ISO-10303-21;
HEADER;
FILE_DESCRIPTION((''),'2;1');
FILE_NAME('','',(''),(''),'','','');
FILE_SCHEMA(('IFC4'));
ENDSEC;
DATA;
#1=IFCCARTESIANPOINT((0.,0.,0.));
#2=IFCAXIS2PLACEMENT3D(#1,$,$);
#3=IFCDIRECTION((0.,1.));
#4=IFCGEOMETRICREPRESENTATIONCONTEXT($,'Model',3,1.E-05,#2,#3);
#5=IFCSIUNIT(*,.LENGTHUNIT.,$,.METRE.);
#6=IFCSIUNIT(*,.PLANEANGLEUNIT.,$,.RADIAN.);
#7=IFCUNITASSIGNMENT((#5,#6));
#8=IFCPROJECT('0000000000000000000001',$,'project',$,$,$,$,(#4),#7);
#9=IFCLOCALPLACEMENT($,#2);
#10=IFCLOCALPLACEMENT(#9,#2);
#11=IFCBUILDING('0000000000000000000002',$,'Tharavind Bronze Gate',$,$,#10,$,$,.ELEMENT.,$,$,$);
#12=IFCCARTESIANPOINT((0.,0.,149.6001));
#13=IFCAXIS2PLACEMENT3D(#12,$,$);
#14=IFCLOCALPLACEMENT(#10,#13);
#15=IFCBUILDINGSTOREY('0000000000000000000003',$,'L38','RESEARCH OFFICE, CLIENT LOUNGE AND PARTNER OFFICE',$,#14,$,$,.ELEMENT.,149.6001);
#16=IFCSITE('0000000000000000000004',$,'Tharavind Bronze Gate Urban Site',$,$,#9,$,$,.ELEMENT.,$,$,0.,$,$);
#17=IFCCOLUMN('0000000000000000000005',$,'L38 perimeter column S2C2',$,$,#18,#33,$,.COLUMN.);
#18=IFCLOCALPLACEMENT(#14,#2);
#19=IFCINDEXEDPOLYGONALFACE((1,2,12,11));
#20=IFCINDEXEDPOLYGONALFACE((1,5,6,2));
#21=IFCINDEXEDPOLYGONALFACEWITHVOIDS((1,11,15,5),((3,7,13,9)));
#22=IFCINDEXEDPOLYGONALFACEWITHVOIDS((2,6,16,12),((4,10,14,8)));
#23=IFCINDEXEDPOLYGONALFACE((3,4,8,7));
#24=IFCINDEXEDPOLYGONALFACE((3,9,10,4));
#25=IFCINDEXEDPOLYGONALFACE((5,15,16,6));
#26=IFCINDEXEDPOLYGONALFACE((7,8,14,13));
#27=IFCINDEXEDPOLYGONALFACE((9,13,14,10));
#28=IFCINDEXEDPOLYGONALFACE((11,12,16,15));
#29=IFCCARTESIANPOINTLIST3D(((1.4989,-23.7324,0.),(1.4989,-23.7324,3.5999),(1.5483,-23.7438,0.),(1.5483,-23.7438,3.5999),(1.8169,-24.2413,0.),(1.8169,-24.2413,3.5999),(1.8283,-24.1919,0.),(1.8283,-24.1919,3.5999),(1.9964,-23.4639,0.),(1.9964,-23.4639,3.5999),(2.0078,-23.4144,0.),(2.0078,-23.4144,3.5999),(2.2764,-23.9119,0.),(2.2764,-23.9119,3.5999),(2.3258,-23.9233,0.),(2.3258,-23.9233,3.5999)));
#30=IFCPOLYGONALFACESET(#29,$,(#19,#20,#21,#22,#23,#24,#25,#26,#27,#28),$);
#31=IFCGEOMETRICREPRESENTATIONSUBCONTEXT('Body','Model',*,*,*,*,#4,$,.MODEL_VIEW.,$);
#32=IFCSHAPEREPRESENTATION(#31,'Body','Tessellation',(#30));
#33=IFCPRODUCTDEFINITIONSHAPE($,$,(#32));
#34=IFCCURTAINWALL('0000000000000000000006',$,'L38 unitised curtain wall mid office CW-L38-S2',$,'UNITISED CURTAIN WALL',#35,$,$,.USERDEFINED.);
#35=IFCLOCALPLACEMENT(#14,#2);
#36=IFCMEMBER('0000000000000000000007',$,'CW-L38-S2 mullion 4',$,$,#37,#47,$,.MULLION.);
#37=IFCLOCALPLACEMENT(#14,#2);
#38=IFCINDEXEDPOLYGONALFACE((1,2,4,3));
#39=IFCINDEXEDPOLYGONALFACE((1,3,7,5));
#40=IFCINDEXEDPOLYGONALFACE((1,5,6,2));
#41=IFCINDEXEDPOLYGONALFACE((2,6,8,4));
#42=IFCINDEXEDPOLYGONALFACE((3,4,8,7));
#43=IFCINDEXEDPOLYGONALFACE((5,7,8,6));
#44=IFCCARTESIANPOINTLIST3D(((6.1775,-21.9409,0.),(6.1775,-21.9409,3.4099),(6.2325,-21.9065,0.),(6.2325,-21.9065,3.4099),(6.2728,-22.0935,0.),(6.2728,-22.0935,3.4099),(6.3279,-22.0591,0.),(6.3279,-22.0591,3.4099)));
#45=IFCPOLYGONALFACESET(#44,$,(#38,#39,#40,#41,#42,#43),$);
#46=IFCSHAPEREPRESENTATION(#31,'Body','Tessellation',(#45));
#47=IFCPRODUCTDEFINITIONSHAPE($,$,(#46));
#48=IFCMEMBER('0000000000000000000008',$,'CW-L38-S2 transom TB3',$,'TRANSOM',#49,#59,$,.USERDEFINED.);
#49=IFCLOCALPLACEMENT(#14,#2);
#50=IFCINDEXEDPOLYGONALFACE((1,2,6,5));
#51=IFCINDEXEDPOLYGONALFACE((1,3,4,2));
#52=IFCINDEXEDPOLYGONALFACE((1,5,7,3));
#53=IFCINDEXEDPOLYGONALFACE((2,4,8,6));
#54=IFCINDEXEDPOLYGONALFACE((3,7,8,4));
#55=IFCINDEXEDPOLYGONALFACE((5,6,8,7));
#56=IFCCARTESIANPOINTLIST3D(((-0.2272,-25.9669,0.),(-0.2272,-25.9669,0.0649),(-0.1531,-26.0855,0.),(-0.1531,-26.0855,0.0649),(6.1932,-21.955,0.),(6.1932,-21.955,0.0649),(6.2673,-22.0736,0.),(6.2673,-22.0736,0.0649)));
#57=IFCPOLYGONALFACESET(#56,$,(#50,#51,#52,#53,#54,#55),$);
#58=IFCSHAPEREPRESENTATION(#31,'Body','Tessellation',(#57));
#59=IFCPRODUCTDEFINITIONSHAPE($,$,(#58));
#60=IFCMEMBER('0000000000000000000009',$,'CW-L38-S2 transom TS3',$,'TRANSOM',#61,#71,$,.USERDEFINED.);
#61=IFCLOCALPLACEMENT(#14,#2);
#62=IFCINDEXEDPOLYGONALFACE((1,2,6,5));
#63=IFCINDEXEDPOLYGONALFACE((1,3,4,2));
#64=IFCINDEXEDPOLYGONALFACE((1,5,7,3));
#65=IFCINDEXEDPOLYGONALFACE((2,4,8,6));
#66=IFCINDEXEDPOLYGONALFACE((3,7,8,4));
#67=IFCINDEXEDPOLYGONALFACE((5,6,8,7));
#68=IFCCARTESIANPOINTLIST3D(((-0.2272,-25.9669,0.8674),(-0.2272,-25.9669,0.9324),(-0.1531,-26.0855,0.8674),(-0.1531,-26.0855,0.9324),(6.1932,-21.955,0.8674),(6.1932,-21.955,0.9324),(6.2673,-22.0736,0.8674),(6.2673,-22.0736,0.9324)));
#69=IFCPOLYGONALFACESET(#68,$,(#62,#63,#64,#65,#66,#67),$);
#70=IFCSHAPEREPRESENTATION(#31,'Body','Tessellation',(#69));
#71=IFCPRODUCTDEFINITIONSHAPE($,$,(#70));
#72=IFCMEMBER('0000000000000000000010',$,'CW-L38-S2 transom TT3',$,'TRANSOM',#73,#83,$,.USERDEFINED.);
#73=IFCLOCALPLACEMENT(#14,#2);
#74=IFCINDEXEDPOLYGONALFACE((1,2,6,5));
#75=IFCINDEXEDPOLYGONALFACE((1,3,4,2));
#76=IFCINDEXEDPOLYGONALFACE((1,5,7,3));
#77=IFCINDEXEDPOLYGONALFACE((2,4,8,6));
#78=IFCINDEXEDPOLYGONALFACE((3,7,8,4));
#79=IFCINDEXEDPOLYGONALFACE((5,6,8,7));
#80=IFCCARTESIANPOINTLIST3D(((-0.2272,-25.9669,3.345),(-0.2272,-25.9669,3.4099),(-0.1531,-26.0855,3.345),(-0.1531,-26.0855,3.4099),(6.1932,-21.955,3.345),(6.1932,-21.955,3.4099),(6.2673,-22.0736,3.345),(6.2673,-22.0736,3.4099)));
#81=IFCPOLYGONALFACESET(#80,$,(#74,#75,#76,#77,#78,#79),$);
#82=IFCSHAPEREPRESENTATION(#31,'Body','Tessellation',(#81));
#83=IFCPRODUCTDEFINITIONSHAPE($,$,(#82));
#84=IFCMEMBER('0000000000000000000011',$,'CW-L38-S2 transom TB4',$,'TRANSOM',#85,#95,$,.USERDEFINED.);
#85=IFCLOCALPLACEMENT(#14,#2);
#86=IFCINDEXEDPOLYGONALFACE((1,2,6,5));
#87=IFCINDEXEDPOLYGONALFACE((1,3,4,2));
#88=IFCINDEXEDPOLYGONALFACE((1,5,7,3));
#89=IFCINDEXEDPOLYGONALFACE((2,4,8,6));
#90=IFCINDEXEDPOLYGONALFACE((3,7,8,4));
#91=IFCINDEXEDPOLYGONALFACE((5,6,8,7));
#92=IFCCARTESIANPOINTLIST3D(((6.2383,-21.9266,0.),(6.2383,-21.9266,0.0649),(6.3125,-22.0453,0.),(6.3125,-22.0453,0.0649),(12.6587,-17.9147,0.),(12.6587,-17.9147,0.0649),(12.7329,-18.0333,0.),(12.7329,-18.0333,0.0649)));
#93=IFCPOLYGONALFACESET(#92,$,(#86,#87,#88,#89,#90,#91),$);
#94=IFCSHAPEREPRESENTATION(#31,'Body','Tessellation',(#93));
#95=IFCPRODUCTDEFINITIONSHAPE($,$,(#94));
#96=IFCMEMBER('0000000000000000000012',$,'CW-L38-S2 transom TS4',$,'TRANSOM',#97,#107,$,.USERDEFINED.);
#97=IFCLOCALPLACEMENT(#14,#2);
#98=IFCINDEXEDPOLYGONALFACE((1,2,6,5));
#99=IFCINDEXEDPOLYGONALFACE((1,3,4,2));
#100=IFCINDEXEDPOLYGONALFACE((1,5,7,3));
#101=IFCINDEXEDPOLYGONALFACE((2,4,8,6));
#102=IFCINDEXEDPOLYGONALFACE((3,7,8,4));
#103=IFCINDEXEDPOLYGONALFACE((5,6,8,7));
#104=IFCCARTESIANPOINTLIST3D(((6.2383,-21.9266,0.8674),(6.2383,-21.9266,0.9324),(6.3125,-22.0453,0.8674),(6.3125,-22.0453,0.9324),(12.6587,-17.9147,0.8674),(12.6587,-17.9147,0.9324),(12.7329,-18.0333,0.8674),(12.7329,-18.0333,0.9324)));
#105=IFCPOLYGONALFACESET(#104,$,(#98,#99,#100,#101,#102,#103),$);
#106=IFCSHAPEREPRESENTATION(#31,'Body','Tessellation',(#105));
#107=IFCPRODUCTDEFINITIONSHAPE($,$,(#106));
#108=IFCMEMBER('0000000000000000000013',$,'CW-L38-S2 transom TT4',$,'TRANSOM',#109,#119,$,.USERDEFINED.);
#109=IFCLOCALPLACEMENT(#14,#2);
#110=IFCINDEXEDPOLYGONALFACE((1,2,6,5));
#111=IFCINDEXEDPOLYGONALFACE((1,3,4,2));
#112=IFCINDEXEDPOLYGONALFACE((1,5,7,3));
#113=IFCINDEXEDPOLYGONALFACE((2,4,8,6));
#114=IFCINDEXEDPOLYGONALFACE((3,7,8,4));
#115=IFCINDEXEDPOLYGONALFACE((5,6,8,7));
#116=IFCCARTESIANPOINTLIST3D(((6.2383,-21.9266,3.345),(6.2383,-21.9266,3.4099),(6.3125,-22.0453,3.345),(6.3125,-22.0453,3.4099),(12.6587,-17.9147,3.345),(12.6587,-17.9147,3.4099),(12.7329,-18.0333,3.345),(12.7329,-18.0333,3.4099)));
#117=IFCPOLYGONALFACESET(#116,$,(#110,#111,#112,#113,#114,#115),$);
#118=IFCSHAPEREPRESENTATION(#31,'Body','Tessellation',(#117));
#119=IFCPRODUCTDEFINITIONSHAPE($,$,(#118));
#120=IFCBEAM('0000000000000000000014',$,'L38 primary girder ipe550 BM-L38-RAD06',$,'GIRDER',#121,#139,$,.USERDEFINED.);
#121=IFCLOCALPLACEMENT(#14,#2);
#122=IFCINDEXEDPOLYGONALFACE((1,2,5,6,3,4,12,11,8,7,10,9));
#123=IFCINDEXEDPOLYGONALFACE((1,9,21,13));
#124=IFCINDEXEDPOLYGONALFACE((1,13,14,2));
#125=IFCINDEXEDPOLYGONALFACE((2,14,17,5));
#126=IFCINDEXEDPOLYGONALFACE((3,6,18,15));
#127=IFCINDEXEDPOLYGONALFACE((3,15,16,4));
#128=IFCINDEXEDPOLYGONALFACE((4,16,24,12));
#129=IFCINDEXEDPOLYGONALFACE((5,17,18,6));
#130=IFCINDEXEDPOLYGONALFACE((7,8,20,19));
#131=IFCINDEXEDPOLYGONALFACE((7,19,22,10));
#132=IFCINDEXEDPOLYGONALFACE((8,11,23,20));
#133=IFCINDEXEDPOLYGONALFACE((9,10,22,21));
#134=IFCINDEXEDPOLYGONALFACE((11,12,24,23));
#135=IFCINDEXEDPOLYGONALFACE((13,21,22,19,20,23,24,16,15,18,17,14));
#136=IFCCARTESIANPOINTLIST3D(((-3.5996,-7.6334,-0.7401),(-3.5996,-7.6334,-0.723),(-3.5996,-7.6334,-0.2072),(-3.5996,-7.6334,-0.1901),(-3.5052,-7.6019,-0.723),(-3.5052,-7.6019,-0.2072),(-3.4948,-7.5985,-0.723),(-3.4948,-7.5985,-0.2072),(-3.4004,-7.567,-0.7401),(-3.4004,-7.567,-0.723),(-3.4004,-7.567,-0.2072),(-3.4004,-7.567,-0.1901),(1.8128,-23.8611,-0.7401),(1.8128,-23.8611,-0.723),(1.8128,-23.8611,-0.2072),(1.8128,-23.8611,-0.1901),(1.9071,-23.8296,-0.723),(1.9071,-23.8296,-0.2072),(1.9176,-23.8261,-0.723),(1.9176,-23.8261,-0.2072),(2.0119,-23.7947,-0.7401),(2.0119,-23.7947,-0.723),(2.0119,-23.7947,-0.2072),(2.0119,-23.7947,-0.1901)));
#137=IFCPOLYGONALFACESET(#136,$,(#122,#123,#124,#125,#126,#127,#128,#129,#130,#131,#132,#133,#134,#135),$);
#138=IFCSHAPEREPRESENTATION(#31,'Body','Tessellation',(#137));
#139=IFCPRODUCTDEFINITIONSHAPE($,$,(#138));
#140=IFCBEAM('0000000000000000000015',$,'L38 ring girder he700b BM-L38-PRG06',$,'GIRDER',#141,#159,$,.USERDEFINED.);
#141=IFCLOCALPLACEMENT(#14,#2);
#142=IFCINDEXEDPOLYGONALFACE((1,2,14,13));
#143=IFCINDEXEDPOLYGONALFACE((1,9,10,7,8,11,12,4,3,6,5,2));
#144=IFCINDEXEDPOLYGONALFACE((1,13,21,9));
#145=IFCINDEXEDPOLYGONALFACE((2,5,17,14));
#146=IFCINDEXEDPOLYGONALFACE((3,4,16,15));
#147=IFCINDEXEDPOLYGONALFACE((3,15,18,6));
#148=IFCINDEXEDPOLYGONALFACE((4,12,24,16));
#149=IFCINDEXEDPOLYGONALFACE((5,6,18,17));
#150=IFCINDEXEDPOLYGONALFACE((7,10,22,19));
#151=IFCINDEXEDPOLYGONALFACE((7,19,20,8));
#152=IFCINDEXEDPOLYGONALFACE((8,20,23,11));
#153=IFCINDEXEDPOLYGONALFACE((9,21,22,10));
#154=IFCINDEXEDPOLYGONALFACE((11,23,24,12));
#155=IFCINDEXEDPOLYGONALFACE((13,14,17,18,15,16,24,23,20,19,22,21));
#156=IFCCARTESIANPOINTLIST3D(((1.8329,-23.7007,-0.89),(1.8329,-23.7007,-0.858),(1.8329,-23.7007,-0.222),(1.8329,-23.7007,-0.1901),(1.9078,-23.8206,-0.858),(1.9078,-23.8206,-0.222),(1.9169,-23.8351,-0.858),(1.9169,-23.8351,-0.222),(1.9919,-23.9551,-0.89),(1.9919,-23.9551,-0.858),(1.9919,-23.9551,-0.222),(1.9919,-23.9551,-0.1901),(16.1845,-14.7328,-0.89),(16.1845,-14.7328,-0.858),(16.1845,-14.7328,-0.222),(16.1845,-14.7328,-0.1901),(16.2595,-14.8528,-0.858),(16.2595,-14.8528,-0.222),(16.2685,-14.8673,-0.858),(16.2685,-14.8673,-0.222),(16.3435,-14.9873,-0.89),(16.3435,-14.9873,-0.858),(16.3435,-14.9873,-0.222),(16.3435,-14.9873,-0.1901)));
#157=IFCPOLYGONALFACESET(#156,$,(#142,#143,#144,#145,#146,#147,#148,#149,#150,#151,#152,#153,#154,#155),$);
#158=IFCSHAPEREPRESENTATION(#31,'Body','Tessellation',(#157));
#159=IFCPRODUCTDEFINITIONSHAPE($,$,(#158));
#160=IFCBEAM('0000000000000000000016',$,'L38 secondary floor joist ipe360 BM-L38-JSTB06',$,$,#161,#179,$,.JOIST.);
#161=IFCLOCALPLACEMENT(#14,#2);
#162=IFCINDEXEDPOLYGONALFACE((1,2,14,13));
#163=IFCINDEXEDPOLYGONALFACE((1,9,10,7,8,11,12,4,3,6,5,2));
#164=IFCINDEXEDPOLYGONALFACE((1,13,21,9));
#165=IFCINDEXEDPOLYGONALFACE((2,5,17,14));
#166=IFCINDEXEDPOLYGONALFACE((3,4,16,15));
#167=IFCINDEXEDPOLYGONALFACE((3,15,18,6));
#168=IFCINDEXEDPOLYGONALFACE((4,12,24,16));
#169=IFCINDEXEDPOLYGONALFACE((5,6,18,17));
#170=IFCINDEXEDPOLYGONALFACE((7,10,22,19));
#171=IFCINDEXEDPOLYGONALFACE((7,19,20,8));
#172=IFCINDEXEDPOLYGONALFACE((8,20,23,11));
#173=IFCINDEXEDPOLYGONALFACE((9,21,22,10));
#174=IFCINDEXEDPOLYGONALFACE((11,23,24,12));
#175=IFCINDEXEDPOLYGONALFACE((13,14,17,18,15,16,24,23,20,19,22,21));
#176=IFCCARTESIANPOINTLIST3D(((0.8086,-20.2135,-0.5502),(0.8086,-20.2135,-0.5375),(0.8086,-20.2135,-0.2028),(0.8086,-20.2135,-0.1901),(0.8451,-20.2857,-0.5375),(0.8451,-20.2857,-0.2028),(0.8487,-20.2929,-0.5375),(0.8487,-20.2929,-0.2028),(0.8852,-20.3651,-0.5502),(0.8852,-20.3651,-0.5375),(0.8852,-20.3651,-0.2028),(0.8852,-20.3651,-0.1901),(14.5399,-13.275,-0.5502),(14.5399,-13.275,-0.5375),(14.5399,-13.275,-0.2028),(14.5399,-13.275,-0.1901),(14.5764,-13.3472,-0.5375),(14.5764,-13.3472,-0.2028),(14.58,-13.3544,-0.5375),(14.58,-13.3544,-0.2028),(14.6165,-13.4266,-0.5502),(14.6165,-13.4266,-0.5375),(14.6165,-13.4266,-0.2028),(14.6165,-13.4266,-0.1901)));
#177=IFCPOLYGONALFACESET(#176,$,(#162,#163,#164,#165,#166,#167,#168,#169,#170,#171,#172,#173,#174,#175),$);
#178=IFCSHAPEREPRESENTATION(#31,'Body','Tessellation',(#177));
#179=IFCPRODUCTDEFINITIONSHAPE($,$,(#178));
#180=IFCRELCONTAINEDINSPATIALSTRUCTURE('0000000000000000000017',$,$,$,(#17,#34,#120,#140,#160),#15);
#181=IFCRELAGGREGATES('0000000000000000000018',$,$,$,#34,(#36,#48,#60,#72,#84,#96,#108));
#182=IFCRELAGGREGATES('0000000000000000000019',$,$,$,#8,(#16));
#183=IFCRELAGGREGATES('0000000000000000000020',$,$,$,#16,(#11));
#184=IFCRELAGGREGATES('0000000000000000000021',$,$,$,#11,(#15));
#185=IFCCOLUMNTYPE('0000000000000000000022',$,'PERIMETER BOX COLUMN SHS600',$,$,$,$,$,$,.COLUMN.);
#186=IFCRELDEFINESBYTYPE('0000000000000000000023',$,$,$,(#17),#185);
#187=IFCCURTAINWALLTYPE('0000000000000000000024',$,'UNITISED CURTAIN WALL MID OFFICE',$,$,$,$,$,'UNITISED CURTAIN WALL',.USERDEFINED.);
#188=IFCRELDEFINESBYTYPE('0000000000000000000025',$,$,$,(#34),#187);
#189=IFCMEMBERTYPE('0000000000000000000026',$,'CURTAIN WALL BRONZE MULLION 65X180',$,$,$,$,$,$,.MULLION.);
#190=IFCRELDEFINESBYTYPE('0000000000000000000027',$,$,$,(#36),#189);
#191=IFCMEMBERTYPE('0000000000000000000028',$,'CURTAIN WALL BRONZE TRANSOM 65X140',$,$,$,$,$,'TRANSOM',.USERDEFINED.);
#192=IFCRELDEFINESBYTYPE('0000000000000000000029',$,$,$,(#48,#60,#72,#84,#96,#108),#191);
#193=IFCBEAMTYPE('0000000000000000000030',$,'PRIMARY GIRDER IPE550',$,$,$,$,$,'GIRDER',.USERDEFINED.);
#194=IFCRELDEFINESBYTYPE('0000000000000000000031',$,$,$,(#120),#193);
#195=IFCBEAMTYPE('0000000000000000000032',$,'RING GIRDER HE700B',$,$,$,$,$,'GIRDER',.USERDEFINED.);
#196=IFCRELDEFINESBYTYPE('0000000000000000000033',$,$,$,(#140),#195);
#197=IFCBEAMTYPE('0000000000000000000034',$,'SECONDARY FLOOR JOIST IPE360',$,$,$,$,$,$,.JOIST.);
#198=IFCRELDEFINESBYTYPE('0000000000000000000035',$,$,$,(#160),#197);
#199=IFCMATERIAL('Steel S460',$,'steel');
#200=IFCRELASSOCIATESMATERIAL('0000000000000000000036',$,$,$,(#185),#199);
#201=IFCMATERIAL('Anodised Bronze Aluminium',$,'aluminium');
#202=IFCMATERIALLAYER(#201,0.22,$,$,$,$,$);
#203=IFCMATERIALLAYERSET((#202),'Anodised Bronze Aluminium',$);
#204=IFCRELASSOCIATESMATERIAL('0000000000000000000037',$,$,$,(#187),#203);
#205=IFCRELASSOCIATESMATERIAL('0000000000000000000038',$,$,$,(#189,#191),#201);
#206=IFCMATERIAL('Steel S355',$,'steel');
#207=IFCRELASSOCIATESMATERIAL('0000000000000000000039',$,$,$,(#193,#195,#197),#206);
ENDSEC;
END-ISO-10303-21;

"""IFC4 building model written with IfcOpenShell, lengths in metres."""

from ifc_helpers import new_model, si_unit, direction, frame, origin, origin_2d, place, context, subcontext, project, spatial, rectangle, hollow_rectangle, i_section, extrude, material, layer, layer_set, material_profile, profile_set, type_object, element, aggregate, save


model = new_model("IFC4")

# Units and contexts
model_context = context("Model", 3, precision=1e-05, world=origin(), true_north=direction((0.0, 1.0)))
body_context = subcontext(model_context, "Body", "Model", "MODEL_VIEW")
ifc_project = project(units=[si_unit("LENGTHUNIT", "METRE"), si_unit("PLANEANGLEUNIT", "RADIAN")], contexts=[model_context])

# Site, building, storey
site_placement = place(None, origin())
site = spatial("IfcSite", under=ifc_project, at=site_placement, Name="Tharavind Bronze Gate Urban Site", CompositionType="ELEMENT", RefElevation=0.0)
building_placement = place(site_placement, origin())
building = spatial("IfcBuilding", under=site, at=building_placement, Name="Tharavind Bronze Gate", CompositionType="ELEMENT")
storey_placement = place(building_placement, frame((0.0, 0.0, 149.6001)))
storey = spatial("IfcBuildingStorey", under=building, at=storey_placement, Name="L38", Description="RESEARCH OFFICE, CLIENT LOUNGE AND PARTNER OFFICE", CompositionType="ELEMENT", Elevation=149.6001)

# Column
ifc_material_1 = material(Name="Steel S460", Category="steel")
ifc_material_profile_1 = material_profile(ifc_material_1, hollow_rectangle(XDim=0.6001, YDim=0.6001, WallThickness=0.0359, at=origin_2d()), Name="SHS600X36")
ifc_profile_set_1 = profile_set([ifc_material_profile_1], Name="Steel S460")
column_type = type_object("IfcColumnType", Name="PERIMETER BOX COLUMN SHS600", PredefinedType="COLUMN", material=ifc_profile_set_1)
column_placement = place(storey_placement, frame((1.9124, -23.8279, 0.0), z_axis=(0.0, 0.0, 1.0), x_axis=(0.848047, 0.529921, 0.0)))
element("IfcColumn", 1, at=column_placement, inside=storey, type_object=column_type, Name="L38 perimeter column S2C2", PredefinedType="COLUMN", context=body_context, shape_type="SweptSolid", body=[
    extrude(hollow_rectangle(XDim=0.6001, YDim=0.6001, WallThickness=0.0359, at=origin_2d()), origin(), (0.0, 0.0, 1.0), 3.5999),
])

# Curtain wall, members
ifc_material_2 = material(Name="Anodised Bronze Aluminium", Category="aluminium")
ifc_layer_1 = layer(ifc_material_2, 0.22)
ifc_layer_set_1 = layer_set([ifc_layer_1], Name="Anodised Bronze Aluminium")
curtain_wall_type = type_object("IfcCurtainWallType", Name="UNITISED CURTAIN WALL MID OFFICE", ElementType="UNITISED CURTAIN WALL", PredefinedType="USERDEFINED", material=ifc_layer_set_1)
curtain_wall_placement = place(storey_placement, origin())
curtain_wall = element("IfcCurtainWall", 2, at=curtain_wall_placement, inside=storey, type_object=curtain_wall_type, Name="L38 unitised curtain wall mid office CW-L38-S2", ObjectType="UNITISED CURTAIN WALL", PredefinedType="USERDEFINED")
member_type_1 = type_object("IfcMemberType", Name="CURTAIN WALL BRONZE MULLION 65X180", PredefinedType="MULLION", material=ifc_material_2)
member_1_placement = place(storey_placement, frame((6.2527, -22.0, 0.0), z_axis=(0.0, 0.0, 1.0), x_axis=(0.848048, 0.529919, 0.0)))
member_1 = element("IfcMember", 3, at=member_1_placement, type_object=member_type_1, Name="CW-L38-S2 mullion 4", PredefinedType="MULLION", context=body_context, shape_type="SweptSolid", body=[
    extrude(rectangle(XDim=0.0649, YDim=0.1799, at=origin_2d()), origin(), (0.0, 0.0, 1.0), 3.4099),
])
member_type_2 = type_object("IfcMemberType", Name="CURTAIN WALL BRONZE TRANSOM 65X140", ElementType="TRANSOM", PredefinedType="USERDEFINED", material=ifc_material_2)
member_2_placement = place(storey_placement, frame((3.02, -24.0203, 0.0), z_axis=(0.0, 0.0, 1.0), x_axis=(0.848048, 0.529919, 0.0)))
member_2 = element("IfcMember", 4, at=member_2_placement, type_object=member_type_2, Name="CW-L38-S2 transom TB3", ObjectType="TRANSOM", PredefinedType="USERDEFINED", context=body_context, shape_type="SweptSolid", body=[
    extrude(rectangle(XDim=7.5708, YDim=0.1399, at=origin_2d()), origin(), (0.0, 0.0, 1.0), 0.0649),
])
member_3_placement = place(storey_placement, frame((3.02, -24.0203, 0.8674), z_axis=(0.0, 0.0, 1.0), x_axis=(0.848048, 0.529919, 0.0)))
member_3 = element("IfcMember", 5, at=member_3_placement, type_object=member_type_2, Name="CW-L38-S2 transom TS3", ObjectType="TRANSOM", PredefinedType="USERDEFINED", context=body_context, shape_type="SweptSolid", body=[
    extrude(rectangle(XDim=7.5708, YDim=0.1399, at=origin_2d()), origin(), (0.0, 0.0, 1.0), 0.0649),
])
member_4_placement = place(storey_placement, frame((3.02, -24.0203, 3.345), z_axis=(0.0, 0.0, 1.0), x_axis=(0.848048, 0.529919, 0.0)))
member_4 = element("IfcMember", 6, at=member_4_placement, type_object=member_type_2, Name="CW-L38-S2 transom TT3", ObjectType="TRANSOM", PredefinedType="USERDEFINED", context=body_context, shape_type="SweptSolid", body=[
    extrude(rectangle(XDim=7.5708, YDim=0.1399, at=origin_2d()), origin(), (0.0, 0.0, 1.0), 0.0649),
])
member_5_placement = place(storey_placement, frame((9.4856, -19.98, 0.0), z_axis=(0.0, 0.0, 1.0), x_axis=(0.848048, 0.529919, 0.0)))
member_5 = element("IfcMember", 7, at=member_5_placement, type_object=member_type_2, Name="CW-L38-S2 transom TB4", ObjectType="TRANSOM", PredefinedType="USERDEFINED", context=body_context, shape_type="SweptSolid", body=[
    extrude(rectangle(XDim=7.5708, YDim=0.1399, at=origin_2d()), origin(), (0.0, 0.0, 1.0), 0.0649),
])
member_6_placement = place(storey_placement, frame((9.4856, -19.98, 0.8674), z_axis=(0.0, 0.0, 1.0), x_axis=(0.848048, 0.529919, 0.0)))
member_6 = element("IfcMember", 8, at=member_6_placement, type_object=member_type_2, Name="CW-L38-S2 transom TS4", ObjectType="TRANSOM", PredefinedType="USERDEFINED", context=body_context, shape_type="SweptSolid", body=[
    extrude(rectangle(XDim=7.5708, YDim=0.1399, at=origin_2d()), origin(), (0.0, 0.0, 1.0), 0.0649),
])
member_7_placement = place(storey_placement, frame((9.4856, -19.98, 3.345), z_axis=(0.0, 0.0, 1.0), x_axis=(0.848048, 0.529919, 0.0)))
member_7 = element("IfcMember", 9, at=member_7_placement, type_object=member_type_2, Name="CW-L38-S2 transom TT4", ObjectType="TRANSOM", PredefinedType="USERDEFINED", context=body_context, shape_type="SweptSolid", body=[
    extrude(rectangle(XDim=7.5708, YDim=0.1399, at=origin_2d()), origin(), (0.0, 0.0, 1.0), 0.0649),
])

# Beams
ifc_material_3 = material(Name="Steel S355", Category="steel")
ifc_material_profile_2 = material_profile(ifc_material_3, i_section(OverallWidth=0.21, OverallDepth=0.55, WebThickness=0.011, FlangeThickness=0.0171, at=origin_2d()), Name="IPE550")
ifc_profile_set_2 = profile_set([ifc_material_profile_2], Name="Steel S355")
beam_type_1 = type_object("IfcBeamType", Name="PRIMARY GIRDER IPE550", ElementType="GIRDER", PredefinedType="USERDEFINED", material=ifc_profile_set_2)
beam_1_placement = place(storey_placement, frame((1.9124, -23.8279, -0.4651), z_axis=(-0.31639, 0.948629, 0.0), x_axis=(-0.948629, -0.31639, 0.0)))
element("IfcBeam", 10, at=beam_1_placement, inside=storey, type_object=beam_type_1, Name="L38 primary girder ipe550 BM-L38-RAD06", ObjectType="GIRDER", PredefinedType="USERDEFINED", context=body_context, shape_type="SweptSolid", body=[
    extrude(i_section(OverallWidth=0.21, OverallDepth=0.55, WebThickness=0.011, FlangeThickness=0.0171, at=origin_2d()), origin(), (0.0, 0.0, 1.0), 17.1064),
])
ifc_material_profile_3 = material_profile(ifc_material_3, i_section(OverallWidth=0.3, OverallDepth=0.7, WebThickness=0.0171, FlangeThickness=0.032, at=origin_2d()), Name="HE700B")
ifc_profile_set_3 = profile_set([ifc_material_profile_3], Name="Steel S355")
beam_type_2 = type_object("IfcBeamType", Name="RING GIRDER HE700B", ElementType="GIRDER", PredefinedType="USERDEFINED", material=ifc_profile_set_3)
beam_2_placement = place(storey_placement, frame((1.9124, -23.8279, -0.54), z_axis=(0.84805, 0.529916, 0.0), x_axis=(-0.529916, 0.84805, 0.0)))
element("IfcBeam", 11, at=beam_2_placement, inside=storey, type_object=beam_type_2, Name="L38 ring girder he700b BM-L38-PRG06", ObjectType="GIRDER", PredefinedType="USERDEFINED", context=body_context, shape_type="SweptSolid", body=[
    extrude(i_section(OverallWidth=0.3, OverallDepth=0.7, WebThickness=0.0171, FlangeThickness=0.032, at=origin_2d()), origin(), (0.0, 0.0, 1.0), 16.9231),
])
ifc_material_profile_4 = material_profile(ifc_material_3, i_section(OverallWidth=0.1699, OverallDepth=0.3601, WebThickness=0.0081, FlangeThickness=0.0127, at=origin_2d()), Name="IPE360")
ifc_profile_set_4 = profile_set([ifc_material_profile_4], Name="Steel S355")
beam_type_3 = type_object("IfcBeamType", Name="SECONDARY FLOOR JOIST IPE360", PredefinedType="JOIST", material=ifc_profile_set_4)
beam_3_placement = place(storey_placement, frame((0.8469, -20.2893, -0.3701), z_axis=(0.892524, 0.450999, 0.0), x_axis=(-0.450999, 0.892524, 0.0)))
element("IfcBeam", 12, at=beam_3_placement, inside=storey, type_object=beam_type_3, Name="L38 secondary floor joist ipe360 BM-L38-JSTB06", PredefinedType="JOIST", context=body_context, shape_type="SweptSolid", body=[
    extrude(i_section(OverallWidth=0.1699, OverallDepth=0.3601, WebThickness=0.0081, FlangeThickness=0.0127, at=origin_2d()), origin(), (0.0, 0.0, 1.0), 15.3848),
])

aggregate(curtain_wall, [member_1, member_2, member_3, member_4, member_5, member_6, member_7])

save(model, "model.ifc")
